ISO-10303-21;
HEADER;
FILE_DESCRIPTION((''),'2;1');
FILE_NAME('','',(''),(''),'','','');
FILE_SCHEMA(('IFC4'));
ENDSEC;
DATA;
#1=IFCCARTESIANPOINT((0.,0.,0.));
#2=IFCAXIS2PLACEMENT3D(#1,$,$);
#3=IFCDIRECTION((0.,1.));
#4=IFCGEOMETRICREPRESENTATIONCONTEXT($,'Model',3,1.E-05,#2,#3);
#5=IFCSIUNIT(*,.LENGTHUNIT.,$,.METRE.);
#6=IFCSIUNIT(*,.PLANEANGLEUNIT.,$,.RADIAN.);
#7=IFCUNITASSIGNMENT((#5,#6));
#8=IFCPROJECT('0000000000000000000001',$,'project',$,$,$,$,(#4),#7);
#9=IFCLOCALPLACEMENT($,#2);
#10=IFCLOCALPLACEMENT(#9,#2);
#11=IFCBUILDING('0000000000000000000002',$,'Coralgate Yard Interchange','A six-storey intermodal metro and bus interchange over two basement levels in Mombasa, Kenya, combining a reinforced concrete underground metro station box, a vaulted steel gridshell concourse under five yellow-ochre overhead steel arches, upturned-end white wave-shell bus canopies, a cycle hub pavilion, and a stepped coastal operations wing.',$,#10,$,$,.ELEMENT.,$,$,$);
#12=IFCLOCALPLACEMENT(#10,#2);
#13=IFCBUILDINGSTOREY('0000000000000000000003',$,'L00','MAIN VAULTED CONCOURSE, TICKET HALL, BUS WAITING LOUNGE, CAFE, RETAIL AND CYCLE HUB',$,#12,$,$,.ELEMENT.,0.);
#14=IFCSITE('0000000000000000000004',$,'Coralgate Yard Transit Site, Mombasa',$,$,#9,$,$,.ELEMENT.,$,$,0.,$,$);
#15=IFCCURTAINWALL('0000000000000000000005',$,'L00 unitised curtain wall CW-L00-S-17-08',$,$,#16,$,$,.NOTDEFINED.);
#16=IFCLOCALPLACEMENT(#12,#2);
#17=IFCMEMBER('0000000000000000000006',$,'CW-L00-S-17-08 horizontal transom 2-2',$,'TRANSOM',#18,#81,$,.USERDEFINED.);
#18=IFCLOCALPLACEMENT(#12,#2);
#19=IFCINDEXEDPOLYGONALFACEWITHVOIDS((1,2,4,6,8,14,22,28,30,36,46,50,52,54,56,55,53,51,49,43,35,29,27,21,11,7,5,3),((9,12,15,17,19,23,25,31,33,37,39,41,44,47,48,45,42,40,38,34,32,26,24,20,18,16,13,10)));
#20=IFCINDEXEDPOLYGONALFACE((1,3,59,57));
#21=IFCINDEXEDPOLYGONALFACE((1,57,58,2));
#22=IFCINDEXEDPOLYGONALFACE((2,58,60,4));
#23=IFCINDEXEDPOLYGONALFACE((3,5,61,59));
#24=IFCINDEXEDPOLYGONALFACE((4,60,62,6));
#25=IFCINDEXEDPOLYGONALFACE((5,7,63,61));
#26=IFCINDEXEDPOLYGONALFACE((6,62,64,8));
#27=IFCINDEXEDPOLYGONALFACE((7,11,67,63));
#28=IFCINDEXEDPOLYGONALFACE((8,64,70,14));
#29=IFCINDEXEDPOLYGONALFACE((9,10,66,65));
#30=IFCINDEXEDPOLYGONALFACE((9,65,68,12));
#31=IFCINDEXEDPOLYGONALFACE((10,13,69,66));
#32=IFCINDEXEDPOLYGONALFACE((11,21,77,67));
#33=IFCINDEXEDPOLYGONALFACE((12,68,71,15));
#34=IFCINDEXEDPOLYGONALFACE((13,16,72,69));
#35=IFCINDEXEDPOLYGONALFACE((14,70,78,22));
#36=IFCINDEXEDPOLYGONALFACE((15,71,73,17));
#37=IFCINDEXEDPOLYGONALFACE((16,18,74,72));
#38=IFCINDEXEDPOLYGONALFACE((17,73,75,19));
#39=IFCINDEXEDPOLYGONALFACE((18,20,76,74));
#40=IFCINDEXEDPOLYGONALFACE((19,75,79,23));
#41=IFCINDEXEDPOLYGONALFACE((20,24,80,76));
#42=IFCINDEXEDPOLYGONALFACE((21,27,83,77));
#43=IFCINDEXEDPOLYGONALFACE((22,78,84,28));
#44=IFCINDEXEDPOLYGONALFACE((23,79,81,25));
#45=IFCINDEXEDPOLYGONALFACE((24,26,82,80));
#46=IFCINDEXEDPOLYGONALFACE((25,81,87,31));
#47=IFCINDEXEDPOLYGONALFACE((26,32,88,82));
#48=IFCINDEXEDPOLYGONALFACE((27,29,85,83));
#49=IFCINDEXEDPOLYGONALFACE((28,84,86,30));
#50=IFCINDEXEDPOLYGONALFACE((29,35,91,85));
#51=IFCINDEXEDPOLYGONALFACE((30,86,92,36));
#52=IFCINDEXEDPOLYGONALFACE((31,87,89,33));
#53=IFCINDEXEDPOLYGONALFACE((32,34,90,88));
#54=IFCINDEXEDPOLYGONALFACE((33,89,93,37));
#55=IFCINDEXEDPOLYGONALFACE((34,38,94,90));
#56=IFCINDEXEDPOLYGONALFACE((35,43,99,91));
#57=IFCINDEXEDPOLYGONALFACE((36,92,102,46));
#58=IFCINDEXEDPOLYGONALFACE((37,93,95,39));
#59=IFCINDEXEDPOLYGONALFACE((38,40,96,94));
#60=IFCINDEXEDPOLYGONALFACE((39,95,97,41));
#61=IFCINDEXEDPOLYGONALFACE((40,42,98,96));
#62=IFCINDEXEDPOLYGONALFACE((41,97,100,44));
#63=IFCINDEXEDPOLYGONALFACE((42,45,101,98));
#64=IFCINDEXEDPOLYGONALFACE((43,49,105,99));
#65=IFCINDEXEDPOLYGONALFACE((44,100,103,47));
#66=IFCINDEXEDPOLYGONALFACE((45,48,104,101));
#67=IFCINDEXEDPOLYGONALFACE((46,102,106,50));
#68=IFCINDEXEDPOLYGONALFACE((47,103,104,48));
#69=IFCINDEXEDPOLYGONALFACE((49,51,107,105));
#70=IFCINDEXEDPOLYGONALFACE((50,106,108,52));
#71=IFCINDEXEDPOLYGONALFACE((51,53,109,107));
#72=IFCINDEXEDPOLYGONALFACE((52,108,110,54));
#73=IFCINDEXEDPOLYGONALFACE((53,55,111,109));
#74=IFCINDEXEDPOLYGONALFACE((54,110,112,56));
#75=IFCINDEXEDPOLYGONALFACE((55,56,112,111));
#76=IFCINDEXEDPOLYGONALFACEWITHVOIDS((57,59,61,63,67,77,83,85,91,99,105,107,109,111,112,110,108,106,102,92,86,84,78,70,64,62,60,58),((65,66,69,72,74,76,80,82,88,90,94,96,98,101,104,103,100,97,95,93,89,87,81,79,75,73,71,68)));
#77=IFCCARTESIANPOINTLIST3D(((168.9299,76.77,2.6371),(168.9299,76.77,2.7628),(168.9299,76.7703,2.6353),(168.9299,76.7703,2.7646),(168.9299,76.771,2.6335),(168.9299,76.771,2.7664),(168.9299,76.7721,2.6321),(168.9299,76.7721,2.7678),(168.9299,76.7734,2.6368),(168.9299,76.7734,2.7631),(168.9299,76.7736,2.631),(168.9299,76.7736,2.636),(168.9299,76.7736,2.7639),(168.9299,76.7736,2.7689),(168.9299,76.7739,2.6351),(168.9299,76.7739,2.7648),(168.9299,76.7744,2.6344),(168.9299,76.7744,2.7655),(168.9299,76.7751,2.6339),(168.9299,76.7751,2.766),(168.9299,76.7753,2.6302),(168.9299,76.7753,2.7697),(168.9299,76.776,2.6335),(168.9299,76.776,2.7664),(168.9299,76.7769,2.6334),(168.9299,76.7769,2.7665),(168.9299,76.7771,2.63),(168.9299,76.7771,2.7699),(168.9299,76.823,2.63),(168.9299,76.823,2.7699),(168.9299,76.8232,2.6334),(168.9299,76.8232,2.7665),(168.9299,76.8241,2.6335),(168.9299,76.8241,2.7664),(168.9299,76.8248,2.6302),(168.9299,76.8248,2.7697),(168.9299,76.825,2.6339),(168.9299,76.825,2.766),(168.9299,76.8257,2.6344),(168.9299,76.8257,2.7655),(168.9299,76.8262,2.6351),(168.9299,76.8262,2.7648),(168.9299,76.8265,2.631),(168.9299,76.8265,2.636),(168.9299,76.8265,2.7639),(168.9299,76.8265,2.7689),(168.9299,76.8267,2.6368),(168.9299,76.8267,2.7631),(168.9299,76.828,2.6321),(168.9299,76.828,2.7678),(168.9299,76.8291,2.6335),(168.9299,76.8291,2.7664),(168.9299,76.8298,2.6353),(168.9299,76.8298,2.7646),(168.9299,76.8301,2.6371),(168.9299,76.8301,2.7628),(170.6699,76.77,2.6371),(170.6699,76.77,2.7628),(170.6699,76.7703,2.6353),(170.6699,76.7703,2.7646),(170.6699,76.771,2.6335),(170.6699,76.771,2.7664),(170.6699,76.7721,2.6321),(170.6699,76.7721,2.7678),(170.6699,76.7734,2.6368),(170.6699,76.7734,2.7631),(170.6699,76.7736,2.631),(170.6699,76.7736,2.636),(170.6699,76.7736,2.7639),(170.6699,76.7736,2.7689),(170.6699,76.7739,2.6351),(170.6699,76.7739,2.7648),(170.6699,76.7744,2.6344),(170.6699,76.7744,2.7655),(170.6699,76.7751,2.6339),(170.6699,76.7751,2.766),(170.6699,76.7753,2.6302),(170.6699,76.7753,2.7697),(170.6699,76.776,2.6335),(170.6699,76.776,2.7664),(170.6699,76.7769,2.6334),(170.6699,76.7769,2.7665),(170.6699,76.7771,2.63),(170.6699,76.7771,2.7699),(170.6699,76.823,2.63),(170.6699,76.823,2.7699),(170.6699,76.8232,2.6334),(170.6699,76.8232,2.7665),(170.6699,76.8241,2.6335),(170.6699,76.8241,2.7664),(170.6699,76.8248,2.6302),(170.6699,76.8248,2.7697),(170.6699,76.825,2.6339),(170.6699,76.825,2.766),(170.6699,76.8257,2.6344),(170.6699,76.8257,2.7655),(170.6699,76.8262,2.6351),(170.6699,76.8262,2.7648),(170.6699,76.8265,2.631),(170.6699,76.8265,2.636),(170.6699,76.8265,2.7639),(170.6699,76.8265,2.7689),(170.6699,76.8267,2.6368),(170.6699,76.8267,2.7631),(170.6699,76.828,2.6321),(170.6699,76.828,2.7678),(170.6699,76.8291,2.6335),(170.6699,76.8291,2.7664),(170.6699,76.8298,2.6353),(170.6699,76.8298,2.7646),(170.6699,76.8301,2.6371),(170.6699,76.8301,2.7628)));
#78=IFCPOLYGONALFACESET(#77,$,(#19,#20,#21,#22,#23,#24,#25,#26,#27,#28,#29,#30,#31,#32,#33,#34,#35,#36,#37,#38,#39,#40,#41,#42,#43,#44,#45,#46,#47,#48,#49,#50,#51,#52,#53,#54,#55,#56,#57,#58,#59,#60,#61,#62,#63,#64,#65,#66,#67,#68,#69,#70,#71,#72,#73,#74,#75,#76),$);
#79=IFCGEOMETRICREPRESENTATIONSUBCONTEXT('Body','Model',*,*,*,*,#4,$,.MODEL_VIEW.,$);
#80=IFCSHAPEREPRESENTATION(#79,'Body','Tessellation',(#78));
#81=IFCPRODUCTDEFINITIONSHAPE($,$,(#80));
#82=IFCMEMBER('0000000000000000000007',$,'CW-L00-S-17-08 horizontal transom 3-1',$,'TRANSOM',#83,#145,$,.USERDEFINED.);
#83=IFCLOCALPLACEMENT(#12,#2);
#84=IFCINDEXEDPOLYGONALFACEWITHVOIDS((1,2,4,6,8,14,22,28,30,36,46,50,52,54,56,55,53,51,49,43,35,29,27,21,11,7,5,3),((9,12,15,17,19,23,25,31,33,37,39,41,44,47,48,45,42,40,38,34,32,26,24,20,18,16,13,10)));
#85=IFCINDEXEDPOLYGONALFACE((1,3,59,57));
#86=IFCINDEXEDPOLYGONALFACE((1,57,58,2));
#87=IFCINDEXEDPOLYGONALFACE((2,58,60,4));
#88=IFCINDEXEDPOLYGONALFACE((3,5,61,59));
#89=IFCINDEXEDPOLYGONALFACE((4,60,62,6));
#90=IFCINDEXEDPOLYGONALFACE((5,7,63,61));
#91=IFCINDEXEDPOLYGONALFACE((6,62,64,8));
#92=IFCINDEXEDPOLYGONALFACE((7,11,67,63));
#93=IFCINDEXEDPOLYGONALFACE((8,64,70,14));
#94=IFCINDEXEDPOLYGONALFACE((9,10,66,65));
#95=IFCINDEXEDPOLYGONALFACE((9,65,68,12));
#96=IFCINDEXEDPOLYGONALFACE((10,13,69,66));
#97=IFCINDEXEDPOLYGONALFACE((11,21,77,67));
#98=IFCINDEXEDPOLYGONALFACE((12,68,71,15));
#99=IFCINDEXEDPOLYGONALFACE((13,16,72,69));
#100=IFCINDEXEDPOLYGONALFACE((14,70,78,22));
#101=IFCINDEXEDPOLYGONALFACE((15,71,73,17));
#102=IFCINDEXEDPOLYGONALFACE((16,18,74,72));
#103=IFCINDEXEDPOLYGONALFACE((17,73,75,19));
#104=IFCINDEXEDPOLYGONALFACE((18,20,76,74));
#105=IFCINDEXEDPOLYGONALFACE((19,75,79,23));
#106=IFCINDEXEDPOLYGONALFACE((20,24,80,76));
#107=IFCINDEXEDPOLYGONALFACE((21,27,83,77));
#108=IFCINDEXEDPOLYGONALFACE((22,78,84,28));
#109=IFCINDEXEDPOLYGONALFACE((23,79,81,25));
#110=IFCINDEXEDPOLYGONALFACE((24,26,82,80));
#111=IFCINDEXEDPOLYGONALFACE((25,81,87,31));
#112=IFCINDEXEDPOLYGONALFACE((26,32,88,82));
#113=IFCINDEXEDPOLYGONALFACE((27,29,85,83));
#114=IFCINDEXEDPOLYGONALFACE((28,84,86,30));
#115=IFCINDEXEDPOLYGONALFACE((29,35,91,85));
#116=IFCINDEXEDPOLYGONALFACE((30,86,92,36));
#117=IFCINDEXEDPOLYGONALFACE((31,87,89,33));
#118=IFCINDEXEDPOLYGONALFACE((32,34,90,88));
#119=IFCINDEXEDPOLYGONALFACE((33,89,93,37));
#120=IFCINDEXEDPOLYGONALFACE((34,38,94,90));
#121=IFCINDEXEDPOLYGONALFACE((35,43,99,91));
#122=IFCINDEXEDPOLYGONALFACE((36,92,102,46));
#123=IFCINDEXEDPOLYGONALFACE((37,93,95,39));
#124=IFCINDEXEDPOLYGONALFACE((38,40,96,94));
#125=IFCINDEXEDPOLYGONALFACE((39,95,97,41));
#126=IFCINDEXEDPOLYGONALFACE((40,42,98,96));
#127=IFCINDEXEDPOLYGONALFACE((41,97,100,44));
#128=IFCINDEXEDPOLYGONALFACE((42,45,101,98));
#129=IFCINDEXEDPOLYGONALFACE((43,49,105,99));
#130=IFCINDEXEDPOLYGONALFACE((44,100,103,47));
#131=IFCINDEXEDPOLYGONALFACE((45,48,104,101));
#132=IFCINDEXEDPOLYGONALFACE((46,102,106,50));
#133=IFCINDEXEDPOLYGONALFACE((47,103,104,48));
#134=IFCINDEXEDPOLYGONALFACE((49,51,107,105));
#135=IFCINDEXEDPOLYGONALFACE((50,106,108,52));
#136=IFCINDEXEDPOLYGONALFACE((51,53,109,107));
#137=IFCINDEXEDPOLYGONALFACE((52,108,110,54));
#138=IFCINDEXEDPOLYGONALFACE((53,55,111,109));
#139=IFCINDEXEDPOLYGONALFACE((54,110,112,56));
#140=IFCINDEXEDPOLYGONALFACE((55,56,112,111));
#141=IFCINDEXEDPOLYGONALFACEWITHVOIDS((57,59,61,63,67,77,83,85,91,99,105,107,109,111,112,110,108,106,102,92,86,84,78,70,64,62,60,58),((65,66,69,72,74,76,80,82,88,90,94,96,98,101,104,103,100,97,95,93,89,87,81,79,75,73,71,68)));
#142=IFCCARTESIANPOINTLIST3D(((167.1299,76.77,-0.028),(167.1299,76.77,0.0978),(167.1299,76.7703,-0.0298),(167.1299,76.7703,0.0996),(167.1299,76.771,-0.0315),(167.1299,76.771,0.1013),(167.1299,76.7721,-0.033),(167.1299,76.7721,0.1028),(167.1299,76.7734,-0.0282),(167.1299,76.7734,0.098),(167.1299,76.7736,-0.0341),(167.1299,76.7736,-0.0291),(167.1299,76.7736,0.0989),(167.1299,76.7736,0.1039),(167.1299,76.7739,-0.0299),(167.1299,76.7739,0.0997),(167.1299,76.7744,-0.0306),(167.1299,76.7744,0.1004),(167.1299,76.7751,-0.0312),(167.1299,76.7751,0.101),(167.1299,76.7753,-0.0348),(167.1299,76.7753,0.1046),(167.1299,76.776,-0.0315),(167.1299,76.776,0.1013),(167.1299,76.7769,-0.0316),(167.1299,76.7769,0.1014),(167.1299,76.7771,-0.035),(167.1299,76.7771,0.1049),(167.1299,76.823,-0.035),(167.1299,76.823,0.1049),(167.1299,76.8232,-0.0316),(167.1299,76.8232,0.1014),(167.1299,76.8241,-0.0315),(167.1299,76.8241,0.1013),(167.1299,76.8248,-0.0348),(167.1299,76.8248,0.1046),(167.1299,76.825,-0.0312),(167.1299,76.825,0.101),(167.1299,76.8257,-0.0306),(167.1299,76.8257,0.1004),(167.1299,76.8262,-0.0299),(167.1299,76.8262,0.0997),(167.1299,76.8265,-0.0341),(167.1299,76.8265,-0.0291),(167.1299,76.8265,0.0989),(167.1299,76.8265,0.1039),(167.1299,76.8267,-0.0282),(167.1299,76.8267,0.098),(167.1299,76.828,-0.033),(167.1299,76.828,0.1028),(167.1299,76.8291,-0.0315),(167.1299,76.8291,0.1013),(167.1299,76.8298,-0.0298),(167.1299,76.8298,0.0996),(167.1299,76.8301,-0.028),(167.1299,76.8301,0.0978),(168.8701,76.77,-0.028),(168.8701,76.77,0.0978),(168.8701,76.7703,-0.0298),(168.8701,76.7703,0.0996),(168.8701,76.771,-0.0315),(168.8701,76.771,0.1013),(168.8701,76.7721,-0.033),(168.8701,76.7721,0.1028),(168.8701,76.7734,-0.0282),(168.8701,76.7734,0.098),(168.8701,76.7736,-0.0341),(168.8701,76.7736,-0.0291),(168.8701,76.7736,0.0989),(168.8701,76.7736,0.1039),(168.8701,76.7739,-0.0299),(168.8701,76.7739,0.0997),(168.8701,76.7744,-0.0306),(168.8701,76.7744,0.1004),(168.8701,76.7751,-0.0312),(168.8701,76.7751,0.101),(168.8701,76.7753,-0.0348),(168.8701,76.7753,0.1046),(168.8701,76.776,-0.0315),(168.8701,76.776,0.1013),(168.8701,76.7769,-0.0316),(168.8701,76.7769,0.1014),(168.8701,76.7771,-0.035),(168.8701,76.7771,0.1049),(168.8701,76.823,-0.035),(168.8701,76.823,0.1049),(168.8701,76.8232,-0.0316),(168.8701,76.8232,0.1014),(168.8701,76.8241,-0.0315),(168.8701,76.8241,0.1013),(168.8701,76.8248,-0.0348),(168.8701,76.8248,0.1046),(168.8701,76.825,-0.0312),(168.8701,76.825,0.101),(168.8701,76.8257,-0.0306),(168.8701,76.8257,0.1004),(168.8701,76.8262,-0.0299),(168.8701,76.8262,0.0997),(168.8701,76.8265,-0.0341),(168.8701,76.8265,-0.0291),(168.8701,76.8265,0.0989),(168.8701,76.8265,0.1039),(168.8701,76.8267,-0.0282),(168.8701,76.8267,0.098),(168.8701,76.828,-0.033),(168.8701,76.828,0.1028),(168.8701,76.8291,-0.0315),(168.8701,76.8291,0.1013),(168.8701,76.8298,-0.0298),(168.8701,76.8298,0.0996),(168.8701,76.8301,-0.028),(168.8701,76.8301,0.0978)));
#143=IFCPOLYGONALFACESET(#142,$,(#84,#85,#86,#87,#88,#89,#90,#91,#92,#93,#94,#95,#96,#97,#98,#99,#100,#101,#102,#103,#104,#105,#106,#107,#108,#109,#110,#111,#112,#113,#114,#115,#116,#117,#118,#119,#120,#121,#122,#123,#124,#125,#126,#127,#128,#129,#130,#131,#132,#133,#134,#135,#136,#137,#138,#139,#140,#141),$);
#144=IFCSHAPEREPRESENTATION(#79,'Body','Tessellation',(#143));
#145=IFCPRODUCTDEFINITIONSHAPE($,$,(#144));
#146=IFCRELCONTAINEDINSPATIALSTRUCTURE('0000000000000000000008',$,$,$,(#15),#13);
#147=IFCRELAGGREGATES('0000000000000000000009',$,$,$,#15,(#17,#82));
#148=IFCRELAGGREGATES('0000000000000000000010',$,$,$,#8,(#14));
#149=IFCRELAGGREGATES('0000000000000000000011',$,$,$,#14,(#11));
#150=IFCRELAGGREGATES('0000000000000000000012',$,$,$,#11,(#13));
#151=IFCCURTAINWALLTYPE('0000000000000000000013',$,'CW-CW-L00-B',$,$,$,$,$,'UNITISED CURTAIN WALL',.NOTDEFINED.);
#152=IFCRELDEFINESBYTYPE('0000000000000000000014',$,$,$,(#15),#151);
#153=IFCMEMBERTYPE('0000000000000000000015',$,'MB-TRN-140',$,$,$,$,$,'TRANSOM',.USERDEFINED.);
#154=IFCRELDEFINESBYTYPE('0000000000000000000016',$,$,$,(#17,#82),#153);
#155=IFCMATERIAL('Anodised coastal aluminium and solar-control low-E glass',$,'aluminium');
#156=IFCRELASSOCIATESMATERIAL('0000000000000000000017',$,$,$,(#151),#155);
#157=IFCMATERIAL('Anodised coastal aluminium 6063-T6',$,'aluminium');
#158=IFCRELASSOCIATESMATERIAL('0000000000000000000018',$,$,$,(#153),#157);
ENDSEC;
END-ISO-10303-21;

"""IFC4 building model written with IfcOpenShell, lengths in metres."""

from ifc_helpers import new_model, si_unit, direction, frame, origin, origin_2d, place, context, subcontext, project, spatial, hollow_rectangle, extrude, material, material_profile, profile_set, type_object, element, aggregate, save


model = new_model("IFC4")

# Units and contexts
model_context = context("Model", 3, precision=1e-05, world=origin(), true_north=direction((0.0, 1.0)))
body_context = subcontext(model_context, "Body", "Model", "MODEL_VIEW")
ifc_project = project(units=[si_unit("LENGTHUNIT", "METRE"), si_unit("PLANEANGLEUNIT", "RADIAN")], contexts=[model_context])

# Site, building, storey
site_placement = place(None, origin())
site = spatial("IfcSite", under=ifc_project, at=site_placement, Name="Coralgate Yard Transit Site, Mombasa", CompositionType="ELEMENT", RefElevation=0.0)
building_placement = place(site_placement, origin())
building = spatial("IfcBuilding", under=site, at=building_placement, Name="Coralgate Yard Interchange", Description="A six-storey intermodal metro and bus interchange over two basement levels in Mombasa, Kenya, combining a reinforced concrete underground metro station box, a vaulted steel gridshell concourse under five yellow-ochre overhead steel arches, upturned-end white wave-shell bus canopies, a cycle hub pavilion, and a stepped coastal operations wing.", CompositionType="ELEMENT")
storey_placement = place(building_placement, origin())
storey = spatial("IfcBuildingStorey", under=building, at=storey_placement, Name="L00", Description="MAIN VAULTED CONCOURSE, TICKET HALL, BUS WAITING LOUNGE, CAFE, RETAIL AND CYCLE HUB", CompositionType="ELEMENT", Elevation=0.0)

# Curtain wall, members
ifc_material_1 = material(Name="Anodised coastal aluminium and solar-control low-E glass", Category="aluminium")
curtain_wall_type = type_object("IfcCurtainWallType", Name="CW-CW-L00-B", ElementType="UNITISED CURTAIN WALL", PredefinedType="NOTDEFINED", material=ifc_material_1)
curtain_wall_placement = place(storey_placement, origin())
curtain_wall = element("IfcCurtainWall", 1, at=curtain_wall_placement, inside=storey, type_object=curtain_wall_type, Name="L00 unitised curtain wall CW-L00-S-17-08", PredefinedType="NOTDEFINED")
ifc_material_2 = material(Name="Anodised coastal aluminium 6063-T6", Category="aluminium")
ifc_material_profile_1 = material_profile(ifc_material_2, hollow_rectangle(XDim=0.0601, YDim=0.1399, WallThickness=0.0034, InnerFilletRadius=0.0034, OuterFilletRadius=0.0071, at=origin_2d()), Name="ALU 60x140x3.5")
ifc_profile_set_1 = profile_set([ifc_material_profile_1], Name="Anodised coastal aluminium 6063-T6")
member_type_1 = type_object("IfcMemberType", Name="MB-TRN-140", ElementType="TRANSOM", PredefinedType="USERDEFINED", material=ifc_profile_set_1)
member_1_placement = place(storey_placement, frame((170.6699, 76.8, 2.7), z_axis=(-1.0, 0.0, 0.0), x_axis=(0.0, -1.0, 0.0)))
member_1 = element("IfcMember", 2, at=member_1_placement, type_object=member_type_1, Name="CW-L00-S-17-08 horizontal transom 2-2", ObjectType="TRANSOM", PredefinedType="USERDEFINED", context=body_context, shape_type="SweptSolid", body=[
    extrude(hollow_rectangle(XDim=0.0601, YDim=0.1399, WallThickness=0.0034, InnerFilletRadius=0.0034, OuterFilletRadius=0.0071, at=origin_2d()), origin(), (0.0, 0.0, 1.0), 1.74),
])
member_2_placement = place(storey_placement, frame((168.8701, 76.8, 0.0349), z_axis=(-1.0, 0.0, 0.0), x_axis=(0.0, -1.0, 0.0)))
member_2 = element("IfcMember", 3, at=member_2_placement, type_object=member_type_1, Name="CW-L00-S-17-08 horizontal transom 3-1", ObjectType="TRANSOM", PredefinedType="USERDEFINED", context=body_context, shape_type="SweptSolid", body=[
    extrude(hollow_rectangle(XDim=0.0601, YDim=0.1399, WallThickness=0.0034, InnerFilletRadius=0.0034, OuterFilletRadius=0.0071, at=origin_2d()), origin(), (0.0, 0.0, 1.0), 1.7402),
])
aggregate(curtain_wall, [member_1, member_2])

save(model, "model.ifc")
